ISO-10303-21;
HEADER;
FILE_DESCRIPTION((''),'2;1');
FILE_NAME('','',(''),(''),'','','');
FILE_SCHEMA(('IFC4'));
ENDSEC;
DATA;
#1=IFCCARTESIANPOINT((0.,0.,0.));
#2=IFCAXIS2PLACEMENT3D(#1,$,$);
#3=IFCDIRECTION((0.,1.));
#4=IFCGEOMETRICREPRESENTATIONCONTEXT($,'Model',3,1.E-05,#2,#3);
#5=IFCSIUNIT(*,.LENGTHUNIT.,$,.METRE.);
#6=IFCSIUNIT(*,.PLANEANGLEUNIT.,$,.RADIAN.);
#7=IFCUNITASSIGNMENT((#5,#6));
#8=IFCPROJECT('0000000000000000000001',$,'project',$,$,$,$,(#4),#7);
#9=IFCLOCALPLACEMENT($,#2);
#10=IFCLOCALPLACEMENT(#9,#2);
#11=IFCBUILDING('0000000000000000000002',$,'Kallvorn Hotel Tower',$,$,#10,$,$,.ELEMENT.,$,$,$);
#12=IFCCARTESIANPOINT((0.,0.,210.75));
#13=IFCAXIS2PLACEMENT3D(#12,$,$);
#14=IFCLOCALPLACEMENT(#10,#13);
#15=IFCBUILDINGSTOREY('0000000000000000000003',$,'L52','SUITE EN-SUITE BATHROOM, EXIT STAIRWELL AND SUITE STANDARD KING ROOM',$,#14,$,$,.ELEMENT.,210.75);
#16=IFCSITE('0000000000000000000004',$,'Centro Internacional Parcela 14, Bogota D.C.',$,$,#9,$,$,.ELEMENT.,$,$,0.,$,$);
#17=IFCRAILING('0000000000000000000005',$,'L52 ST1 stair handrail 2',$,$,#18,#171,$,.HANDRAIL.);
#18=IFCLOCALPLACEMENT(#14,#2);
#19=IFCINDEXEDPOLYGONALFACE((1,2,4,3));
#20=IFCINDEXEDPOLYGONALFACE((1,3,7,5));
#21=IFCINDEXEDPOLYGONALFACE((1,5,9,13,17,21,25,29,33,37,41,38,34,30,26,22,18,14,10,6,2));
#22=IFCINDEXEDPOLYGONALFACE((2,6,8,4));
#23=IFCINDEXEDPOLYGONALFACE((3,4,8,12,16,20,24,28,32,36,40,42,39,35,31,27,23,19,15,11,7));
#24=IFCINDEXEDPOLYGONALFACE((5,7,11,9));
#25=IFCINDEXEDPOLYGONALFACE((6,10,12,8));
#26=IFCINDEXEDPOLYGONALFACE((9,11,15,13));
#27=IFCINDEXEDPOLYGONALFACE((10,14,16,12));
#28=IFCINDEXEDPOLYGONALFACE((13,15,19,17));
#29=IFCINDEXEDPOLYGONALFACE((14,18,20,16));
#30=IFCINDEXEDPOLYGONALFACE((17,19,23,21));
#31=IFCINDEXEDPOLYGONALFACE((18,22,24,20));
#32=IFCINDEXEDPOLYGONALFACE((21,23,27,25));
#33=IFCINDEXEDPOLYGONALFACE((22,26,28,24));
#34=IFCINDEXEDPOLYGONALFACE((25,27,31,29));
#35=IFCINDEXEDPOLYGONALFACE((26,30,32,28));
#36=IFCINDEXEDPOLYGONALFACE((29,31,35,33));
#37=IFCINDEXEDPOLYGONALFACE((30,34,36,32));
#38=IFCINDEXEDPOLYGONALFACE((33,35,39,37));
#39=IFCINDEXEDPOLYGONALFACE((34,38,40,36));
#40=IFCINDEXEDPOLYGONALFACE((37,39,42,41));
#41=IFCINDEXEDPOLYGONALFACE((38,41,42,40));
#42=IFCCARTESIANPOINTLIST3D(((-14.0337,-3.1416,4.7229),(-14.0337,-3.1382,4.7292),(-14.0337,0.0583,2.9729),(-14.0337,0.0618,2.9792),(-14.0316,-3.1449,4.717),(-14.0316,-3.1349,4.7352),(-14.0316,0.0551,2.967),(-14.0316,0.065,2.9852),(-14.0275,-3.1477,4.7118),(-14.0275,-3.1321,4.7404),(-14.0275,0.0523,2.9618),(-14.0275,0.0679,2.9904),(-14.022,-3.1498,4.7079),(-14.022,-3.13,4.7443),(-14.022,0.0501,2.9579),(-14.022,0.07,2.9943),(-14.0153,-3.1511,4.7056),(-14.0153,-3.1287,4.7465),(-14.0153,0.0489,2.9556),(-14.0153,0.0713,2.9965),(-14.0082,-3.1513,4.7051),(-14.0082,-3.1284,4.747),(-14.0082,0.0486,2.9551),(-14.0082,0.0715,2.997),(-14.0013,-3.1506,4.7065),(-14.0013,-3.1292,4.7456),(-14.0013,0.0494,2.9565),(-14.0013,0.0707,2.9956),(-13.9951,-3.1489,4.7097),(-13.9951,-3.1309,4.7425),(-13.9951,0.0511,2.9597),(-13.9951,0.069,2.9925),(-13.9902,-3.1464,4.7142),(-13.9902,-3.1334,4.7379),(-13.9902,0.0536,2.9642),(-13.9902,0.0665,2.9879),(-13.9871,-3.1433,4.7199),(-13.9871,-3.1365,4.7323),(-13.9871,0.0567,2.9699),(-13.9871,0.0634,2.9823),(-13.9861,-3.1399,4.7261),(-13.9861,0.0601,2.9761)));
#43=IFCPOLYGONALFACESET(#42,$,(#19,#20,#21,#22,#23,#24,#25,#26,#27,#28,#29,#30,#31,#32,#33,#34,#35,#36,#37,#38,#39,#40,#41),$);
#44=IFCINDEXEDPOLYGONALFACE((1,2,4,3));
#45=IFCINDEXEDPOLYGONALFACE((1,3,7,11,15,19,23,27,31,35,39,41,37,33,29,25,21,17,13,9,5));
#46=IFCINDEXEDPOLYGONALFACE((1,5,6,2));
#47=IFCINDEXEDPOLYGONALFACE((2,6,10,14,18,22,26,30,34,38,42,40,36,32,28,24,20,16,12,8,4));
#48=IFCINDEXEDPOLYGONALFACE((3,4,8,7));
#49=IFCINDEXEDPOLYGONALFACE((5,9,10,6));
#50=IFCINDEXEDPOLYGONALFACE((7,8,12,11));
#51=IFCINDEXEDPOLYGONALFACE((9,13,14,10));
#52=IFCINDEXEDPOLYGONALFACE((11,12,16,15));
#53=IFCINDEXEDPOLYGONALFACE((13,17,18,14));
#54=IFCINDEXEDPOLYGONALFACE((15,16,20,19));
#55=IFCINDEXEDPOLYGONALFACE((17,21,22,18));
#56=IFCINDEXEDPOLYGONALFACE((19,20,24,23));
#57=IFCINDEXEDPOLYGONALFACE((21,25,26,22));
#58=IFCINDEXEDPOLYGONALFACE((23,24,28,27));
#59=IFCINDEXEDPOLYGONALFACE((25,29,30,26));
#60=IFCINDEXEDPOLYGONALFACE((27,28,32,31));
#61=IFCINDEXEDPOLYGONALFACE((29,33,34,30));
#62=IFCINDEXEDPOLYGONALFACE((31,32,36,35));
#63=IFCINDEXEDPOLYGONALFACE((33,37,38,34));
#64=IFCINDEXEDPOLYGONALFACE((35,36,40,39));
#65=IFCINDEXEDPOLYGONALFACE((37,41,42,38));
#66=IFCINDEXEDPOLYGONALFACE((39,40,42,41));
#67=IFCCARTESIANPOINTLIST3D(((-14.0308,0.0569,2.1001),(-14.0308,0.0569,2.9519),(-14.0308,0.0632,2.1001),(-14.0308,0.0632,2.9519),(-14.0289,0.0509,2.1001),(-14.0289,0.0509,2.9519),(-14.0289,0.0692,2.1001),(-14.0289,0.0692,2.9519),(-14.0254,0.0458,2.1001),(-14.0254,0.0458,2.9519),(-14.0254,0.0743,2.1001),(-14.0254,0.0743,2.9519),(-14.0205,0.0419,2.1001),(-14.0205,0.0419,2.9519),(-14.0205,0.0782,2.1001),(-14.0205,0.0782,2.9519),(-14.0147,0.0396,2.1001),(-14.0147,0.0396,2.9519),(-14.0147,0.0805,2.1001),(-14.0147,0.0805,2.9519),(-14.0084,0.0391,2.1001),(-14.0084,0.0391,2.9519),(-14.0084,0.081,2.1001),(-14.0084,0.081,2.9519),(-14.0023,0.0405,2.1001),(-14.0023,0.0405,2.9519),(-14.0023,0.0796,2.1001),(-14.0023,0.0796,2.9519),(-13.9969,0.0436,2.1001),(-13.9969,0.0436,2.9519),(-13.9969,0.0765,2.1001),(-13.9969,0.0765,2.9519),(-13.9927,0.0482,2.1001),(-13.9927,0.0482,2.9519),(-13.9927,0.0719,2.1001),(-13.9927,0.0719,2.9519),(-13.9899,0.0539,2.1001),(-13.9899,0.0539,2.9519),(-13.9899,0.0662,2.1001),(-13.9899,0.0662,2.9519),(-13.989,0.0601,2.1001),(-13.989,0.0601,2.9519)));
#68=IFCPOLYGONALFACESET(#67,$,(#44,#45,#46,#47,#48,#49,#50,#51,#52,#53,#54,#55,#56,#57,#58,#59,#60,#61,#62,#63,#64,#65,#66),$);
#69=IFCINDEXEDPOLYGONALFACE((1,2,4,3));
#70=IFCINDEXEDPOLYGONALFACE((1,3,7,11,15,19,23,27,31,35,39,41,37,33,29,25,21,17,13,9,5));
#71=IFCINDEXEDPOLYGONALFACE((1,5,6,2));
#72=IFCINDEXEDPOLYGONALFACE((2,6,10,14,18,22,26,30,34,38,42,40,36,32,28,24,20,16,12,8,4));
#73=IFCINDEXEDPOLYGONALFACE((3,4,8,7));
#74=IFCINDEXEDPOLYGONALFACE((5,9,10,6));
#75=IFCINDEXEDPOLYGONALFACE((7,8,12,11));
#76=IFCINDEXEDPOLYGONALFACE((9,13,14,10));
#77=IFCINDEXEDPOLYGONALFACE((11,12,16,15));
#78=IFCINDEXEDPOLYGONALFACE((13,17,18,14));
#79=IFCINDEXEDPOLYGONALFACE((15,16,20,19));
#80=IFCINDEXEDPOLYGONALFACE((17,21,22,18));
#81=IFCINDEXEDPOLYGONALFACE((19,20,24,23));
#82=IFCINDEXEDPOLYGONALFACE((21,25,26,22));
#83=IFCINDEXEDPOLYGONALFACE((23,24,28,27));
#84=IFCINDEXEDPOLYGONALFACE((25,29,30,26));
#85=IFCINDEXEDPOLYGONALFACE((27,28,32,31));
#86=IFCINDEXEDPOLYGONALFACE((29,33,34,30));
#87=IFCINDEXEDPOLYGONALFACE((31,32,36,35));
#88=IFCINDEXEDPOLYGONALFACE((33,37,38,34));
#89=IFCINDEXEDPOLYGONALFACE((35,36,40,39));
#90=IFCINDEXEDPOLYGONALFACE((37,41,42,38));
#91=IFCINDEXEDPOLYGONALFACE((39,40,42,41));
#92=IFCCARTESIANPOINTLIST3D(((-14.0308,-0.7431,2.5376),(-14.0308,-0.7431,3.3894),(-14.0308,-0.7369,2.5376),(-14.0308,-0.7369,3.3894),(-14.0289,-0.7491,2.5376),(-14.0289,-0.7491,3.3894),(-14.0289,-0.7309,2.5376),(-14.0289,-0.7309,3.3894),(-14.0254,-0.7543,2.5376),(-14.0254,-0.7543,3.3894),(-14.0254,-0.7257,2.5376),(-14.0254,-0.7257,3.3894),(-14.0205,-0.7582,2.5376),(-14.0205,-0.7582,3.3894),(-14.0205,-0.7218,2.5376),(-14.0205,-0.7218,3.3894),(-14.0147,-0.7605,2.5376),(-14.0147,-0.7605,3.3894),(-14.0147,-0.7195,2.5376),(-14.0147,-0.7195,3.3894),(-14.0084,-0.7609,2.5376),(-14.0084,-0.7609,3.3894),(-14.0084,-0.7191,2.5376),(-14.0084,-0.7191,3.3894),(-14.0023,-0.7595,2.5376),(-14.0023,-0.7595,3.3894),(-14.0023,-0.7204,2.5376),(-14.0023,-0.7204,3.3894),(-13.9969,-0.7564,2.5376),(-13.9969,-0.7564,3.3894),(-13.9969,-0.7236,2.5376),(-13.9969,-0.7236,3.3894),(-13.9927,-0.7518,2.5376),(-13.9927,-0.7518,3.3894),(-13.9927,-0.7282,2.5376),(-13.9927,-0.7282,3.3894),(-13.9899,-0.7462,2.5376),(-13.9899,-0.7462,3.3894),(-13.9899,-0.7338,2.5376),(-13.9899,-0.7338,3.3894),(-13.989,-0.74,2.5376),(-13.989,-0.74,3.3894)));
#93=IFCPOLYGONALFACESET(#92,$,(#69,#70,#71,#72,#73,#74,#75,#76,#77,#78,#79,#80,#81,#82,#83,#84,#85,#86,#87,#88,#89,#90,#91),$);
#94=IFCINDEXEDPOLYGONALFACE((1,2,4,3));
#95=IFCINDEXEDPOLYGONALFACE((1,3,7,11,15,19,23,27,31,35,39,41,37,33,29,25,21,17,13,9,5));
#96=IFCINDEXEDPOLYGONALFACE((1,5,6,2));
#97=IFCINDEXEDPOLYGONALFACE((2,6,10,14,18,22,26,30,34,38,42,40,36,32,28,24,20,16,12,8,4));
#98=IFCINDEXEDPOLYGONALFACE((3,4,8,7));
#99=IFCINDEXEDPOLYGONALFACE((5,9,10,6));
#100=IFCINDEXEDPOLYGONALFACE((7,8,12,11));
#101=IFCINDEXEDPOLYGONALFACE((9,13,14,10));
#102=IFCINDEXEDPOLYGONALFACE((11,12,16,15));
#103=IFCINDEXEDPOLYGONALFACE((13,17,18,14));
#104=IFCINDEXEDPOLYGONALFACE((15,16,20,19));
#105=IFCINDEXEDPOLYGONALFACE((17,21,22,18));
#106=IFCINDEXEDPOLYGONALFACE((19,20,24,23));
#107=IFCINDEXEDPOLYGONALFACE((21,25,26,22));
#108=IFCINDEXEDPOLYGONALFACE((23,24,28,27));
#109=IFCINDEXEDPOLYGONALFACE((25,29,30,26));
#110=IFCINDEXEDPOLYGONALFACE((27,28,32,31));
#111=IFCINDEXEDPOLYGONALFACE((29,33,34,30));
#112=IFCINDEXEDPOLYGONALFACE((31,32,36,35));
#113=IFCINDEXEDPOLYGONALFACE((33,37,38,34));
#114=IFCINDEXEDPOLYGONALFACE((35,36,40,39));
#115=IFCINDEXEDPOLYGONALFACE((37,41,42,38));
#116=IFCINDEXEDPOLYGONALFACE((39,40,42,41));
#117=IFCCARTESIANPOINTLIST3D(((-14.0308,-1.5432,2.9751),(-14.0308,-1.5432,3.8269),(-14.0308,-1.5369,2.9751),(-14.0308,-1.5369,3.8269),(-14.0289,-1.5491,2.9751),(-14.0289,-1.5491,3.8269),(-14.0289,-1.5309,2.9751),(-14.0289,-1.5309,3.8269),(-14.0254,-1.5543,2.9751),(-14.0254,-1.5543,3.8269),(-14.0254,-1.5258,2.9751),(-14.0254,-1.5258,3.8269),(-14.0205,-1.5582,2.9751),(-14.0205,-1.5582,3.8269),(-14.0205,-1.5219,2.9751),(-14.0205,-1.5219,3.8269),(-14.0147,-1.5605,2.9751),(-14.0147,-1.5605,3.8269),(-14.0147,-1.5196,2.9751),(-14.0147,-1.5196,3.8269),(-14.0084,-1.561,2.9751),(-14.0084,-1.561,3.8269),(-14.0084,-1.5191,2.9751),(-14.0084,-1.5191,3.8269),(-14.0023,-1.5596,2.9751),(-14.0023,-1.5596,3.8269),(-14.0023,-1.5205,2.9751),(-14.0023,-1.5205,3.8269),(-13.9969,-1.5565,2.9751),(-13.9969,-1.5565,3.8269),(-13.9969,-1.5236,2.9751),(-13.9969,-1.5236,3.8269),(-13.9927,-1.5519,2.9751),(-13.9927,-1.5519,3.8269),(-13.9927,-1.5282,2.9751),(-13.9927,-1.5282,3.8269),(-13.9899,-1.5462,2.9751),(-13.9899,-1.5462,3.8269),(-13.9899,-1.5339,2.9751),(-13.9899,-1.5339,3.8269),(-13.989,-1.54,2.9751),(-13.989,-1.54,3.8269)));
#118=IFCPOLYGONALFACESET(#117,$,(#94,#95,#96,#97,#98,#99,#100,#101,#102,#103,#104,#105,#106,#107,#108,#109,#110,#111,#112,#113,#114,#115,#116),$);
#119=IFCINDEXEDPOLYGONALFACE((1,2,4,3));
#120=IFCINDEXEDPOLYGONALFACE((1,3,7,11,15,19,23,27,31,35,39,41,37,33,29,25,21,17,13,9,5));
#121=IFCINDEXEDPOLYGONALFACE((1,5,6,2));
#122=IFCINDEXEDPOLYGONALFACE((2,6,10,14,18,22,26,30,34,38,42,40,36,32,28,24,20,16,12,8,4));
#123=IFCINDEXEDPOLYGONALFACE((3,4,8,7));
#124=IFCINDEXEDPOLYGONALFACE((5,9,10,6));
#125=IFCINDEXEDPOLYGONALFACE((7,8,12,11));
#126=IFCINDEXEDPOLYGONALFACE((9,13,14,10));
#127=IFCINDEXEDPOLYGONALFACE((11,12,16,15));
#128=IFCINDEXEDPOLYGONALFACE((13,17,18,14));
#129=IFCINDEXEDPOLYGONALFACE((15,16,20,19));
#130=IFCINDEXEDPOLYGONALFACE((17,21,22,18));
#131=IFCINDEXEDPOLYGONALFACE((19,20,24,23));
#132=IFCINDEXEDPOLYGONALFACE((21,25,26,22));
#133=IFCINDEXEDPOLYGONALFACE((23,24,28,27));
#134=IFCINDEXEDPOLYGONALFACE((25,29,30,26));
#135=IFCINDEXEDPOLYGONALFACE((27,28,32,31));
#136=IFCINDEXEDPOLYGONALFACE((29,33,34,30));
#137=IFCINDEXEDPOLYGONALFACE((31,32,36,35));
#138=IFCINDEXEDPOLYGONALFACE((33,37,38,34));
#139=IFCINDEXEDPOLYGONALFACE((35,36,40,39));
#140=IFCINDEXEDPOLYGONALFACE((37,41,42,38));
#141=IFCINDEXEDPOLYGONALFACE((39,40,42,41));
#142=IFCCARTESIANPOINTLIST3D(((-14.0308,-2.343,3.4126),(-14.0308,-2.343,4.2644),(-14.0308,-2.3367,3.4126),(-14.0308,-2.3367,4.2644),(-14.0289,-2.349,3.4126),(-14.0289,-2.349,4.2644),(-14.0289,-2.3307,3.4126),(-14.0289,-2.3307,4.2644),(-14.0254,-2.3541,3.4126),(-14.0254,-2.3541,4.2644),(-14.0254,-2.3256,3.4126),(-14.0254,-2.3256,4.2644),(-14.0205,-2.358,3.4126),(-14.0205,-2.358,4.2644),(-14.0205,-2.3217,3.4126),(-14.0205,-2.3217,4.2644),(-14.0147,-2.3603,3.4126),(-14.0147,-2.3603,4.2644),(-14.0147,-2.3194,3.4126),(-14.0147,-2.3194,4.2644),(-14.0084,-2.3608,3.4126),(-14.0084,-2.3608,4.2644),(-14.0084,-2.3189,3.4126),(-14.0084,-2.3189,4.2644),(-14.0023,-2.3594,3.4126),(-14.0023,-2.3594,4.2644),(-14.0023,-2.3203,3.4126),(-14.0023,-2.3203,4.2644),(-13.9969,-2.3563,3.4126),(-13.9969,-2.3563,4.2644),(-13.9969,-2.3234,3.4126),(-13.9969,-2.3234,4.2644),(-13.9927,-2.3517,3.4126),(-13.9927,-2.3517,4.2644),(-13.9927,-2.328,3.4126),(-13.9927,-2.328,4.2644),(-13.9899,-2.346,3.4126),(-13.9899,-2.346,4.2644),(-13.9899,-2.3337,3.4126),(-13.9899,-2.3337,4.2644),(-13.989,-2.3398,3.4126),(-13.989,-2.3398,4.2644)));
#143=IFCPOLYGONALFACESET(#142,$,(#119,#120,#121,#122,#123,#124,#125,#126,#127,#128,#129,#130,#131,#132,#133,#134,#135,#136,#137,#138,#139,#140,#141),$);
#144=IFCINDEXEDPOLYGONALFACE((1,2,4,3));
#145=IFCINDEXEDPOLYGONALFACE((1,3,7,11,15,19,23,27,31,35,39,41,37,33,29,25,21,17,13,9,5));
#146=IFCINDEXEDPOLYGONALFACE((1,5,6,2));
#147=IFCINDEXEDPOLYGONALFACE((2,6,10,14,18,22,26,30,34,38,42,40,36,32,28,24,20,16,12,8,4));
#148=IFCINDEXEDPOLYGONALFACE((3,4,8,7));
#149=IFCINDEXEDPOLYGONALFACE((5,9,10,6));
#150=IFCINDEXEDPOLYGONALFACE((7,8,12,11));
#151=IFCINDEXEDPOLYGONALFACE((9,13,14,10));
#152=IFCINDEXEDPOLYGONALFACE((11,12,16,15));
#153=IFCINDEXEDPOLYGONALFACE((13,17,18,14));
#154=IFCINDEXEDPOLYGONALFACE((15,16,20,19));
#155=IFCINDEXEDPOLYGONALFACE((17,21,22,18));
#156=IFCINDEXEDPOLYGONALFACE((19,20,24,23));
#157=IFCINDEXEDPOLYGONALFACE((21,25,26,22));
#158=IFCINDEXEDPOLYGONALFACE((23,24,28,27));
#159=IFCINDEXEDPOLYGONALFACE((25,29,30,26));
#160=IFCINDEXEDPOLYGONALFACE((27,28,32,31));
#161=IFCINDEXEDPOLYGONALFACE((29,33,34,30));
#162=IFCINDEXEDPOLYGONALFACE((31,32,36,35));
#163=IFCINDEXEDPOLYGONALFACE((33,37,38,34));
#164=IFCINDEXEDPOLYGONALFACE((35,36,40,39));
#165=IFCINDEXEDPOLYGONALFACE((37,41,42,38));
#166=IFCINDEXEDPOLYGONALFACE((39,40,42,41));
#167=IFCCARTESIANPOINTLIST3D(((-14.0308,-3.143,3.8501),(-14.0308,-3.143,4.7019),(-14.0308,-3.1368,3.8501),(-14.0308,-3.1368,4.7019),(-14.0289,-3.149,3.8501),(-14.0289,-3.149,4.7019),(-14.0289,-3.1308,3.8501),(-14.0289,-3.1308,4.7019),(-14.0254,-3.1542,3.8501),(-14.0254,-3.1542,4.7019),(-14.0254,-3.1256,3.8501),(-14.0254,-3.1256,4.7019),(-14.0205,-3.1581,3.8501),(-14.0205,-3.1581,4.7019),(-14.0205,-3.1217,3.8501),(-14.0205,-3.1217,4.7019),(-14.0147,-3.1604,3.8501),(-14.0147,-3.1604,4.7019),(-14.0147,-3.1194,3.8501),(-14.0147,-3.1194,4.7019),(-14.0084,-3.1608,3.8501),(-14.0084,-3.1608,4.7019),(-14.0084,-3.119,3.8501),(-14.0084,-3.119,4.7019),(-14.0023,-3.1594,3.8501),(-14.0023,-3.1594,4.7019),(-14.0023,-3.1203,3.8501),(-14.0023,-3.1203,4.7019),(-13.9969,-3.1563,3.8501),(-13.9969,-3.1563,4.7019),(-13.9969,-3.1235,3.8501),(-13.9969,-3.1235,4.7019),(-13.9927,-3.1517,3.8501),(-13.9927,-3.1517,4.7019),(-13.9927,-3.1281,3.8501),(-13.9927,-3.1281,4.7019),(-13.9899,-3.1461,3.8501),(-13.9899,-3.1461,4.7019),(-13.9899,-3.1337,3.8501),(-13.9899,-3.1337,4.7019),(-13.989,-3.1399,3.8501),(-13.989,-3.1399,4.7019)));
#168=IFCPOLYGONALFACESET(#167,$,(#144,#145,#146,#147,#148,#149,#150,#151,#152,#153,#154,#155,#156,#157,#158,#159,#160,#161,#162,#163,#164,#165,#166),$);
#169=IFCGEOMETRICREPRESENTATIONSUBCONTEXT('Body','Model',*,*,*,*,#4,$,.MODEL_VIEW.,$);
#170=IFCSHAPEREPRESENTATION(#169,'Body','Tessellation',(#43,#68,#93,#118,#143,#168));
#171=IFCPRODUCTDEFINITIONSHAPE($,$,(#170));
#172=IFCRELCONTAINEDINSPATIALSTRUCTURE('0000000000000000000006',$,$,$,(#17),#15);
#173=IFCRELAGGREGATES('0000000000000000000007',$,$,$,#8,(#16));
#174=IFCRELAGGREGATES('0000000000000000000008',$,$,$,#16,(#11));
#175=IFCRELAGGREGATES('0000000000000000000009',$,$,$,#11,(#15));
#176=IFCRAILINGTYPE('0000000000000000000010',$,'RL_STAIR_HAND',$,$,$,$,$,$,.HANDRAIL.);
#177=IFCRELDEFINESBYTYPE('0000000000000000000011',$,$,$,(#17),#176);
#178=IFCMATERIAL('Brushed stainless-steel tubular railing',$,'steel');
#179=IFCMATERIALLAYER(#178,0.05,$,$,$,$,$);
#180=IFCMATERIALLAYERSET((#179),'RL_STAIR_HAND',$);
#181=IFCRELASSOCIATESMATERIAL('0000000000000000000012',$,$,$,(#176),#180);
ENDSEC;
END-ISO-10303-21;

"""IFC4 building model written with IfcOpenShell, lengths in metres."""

from ifc_helpers import new_model, si_unit, direction, frame, origin, origin_2d, place, context, subcontext, project, spatial, circle, extrude, material, layer, layer_set, type_object, element, save


model = new_model("IFC4")

# Units and contexts
model_context = context("Model", 3, precision=1e-05, world=origin(), true_north=direction((0.0, 1.0)))
body_context = subcontext(model_context, "Body", "Model", "MODEL_VIEW")
ifc_project = project(units=[si_unit("LENGTHUNIT", "METRE"), si_unit("PLANEANGLEUNIT", "RADIAN")], contexts=[model_context])

# Site, building, storey
site_placement = place(None, origin())
site = spatial("IfcSite", under=ifc_project, at=site_placement, Name="Centro Internacional Parcela 14, Bogota D.C.", CompositionType="ELEMENT", RefElevation=0.0)
building_placement = place(site_placement, origin())
building = spatial("IfcBuilding", under=site, at=building_placement, Name="Kallvorn Hotel Tower", CompositionType="ELEMENT")
storey_placement = place(building_placement, frame((0.0, 0.0, 210.75)))
storey = spatial("IfcBuildingStorey", under=building, at=storey_placement, Name="L52", Description="SUITE EN-SUITE BATHROOM, EXIT STAIRWELL AND SUITE STANDARD KING ROOM", CompositionType="ELEMENT", Elevation=210.75)

# Railing
ifc_material_1 = material(Name="Brushed stainless-steel tubular railing", Category="steel")
ifc_layer_1 = layer(ifc_material_1, 0.05)
ifc_layer_set_1 = layer_set([ifc_layer_1], Name="RL_STAIR_HAND")
railing_type_1 = type_object("IfcRailingType", Name="RL_STAIR_HAND", PredefinedType="HANDRAIL", material=ifc_layer_set_1)
railing_1_placement = place(storey_placement, frame((-14.01, 0.0601, 2.1001)))
element("IfcRailing", 1, at=railing_1_placement, inside=storey, type_object=railing_type_1, Name="L52 ST1 stair handrail 2", PredefinedType="HANDRAIL", context=body_context, shape_type="SweptSolid", body=[
    extrude(circle(Radius=0.0239, at=origin_2d()), frame((0.0, 0.0, 0.876), z_axis=(0.0, -0.877368, 0.479818), x_axis=(1.0, 0.0, 0.0)), (0.0, 0.0, 1.0), 3.6472),
    extrude(circle(Radius=0.021, at=origin_2d()), origin(), (0.0, 0.0, 1.0), 0.8518),
    extrude(circle(Radius=0.021, at=origin_2d()), frame((0.0, -0.8, 0.4375)), (0.0, 0.0, 1.0), 0.8518),
    extrude(circle(Radius=0.021, at=origin_2d()), frame((0.0, -1.6001, 0.875)), (0.0, 0.0, 1.0), 0.8518),
    extrude(circle(Radius=0.021, at=origin_2d()), frame((0.0, -2.3999, 1.3125)), (0.0, 0.0, 1.0), 0.8518),
    extrude(circle(Radius=0.021, at=origin_2d()), frame((0.0, -3.2, 1.75)), (0.0, 0.0, 1.0), 0.8518),
])

save(model, "model.ifc")
